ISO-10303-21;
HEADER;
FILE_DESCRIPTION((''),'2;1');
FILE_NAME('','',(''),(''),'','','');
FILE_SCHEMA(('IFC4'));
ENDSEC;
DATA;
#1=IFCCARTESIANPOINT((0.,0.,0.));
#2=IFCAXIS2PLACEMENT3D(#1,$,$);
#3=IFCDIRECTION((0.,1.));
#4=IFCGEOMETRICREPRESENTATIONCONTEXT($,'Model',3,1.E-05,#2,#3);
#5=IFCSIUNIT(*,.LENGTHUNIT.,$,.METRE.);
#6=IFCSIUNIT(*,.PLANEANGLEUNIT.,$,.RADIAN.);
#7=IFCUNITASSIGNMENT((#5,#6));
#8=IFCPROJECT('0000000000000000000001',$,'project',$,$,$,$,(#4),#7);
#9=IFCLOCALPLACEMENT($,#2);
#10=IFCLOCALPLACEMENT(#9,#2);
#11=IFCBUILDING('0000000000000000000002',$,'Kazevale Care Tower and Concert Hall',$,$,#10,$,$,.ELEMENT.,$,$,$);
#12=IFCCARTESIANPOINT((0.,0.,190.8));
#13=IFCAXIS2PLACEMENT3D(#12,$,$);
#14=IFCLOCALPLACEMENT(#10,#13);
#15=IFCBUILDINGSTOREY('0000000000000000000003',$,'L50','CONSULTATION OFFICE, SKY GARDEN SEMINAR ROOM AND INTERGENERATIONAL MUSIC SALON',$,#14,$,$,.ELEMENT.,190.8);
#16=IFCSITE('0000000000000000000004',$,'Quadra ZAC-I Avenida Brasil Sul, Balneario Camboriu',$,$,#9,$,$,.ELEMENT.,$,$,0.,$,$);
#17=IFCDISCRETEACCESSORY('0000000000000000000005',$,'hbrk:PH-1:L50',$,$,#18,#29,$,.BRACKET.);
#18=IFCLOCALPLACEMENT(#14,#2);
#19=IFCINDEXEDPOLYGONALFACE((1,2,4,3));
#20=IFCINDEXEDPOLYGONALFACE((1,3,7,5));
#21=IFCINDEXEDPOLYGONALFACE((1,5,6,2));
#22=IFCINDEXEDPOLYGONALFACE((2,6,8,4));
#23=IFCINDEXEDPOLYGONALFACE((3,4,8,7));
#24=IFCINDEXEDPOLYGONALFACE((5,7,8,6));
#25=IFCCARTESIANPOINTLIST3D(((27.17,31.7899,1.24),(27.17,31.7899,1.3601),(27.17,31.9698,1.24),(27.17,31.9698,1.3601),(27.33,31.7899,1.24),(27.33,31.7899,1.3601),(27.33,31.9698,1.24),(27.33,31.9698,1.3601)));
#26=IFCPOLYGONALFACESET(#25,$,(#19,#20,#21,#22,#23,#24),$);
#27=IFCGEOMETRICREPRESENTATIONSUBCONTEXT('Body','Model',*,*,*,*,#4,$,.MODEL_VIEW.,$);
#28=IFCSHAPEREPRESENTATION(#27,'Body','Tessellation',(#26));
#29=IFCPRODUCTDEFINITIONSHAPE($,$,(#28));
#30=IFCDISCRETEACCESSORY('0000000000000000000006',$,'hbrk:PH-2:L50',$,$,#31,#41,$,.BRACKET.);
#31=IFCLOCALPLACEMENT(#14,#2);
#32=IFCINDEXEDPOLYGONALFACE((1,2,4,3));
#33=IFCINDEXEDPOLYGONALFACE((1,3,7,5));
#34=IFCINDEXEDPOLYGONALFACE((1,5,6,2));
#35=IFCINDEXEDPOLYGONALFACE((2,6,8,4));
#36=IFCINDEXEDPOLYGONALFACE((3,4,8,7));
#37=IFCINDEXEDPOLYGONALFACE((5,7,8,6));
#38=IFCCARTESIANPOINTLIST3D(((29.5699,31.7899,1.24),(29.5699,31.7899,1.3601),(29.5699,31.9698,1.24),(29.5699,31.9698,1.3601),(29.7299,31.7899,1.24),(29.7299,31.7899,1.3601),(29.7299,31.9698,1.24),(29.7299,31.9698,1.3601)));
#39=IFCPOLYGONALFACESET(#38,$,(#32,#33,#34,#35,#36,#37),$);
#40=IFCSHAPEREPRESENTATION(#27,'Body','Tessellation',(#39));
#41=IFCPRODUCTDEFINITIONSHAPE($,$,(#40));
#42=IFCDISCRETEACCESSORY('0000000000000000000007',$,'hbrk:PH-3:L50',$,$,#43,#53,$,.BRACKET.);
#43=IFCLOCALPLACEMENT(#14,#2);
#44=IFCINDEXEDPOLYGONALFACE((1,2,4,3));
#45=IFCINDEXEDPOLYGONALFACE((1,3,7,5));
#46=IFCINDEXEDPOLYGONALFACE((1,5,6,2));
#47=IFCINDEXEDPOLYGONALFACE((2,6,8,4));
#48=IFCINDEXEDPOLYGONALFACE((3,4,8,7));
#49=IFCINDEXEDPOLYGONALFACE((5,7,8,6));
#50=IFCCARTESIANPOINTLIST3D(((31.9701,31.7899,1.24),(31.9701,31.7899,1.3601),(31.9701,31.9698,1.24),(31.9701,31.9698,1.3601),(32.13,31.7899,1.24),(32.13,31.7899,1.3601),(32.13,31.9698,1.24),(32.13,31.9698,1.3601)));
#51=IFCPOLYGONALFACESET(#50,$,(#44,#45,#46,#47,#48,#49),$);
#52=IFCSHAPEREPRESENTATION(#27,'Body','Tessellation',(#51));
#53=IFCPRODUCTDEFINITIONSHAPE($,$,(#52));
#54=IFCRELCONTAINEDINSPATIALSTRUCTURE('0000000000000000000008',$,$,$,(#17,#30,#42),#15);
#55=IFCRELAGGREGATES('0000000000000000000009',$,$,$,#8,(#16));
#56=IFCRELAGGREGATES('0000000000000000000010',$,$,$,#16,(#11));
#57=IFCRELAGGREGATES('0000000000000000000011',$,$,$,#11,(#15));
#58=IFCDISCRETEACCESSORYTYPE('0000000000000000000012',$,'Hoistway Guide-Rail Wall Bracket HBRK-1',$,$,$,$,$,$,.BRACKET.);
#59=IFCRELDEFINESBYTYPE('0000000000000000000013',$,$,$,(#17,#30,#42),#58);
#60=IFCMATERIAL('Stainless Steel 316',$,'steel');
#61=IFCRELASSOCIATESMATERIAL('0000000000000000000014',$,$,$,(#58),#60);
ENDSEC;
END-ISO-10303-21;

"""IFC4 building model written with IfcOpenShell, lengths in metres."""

from ifc_helpers import new_model, si_unit, direction, frame, origin, origin_2d, place, context, subcontext, project, spatial, rectangle, extrude, material, type_object, element, save


model = new_model("IFC4")

# Units and contexts
model_context = context("Model", 3, precision=1e-05, world=origin(), true_north=direction((0.0, 1.0)))
body_context = subcontext(model_context, "Body", "Model", "MODEL_VIEW")
ifc_project = project(units=[si_unit("LENGTHUNIT", "METRE"), si_unit("PLANEANGLEUNIT", "RADIAN")], contexts=[model_context])

# Site, building, storey
site_placement = place(None, origin())
site = spatial("IfcSite", under=ifc_project, at=site_placement, Name="Quadra ZAC-I Avenida Brasil Sul, Balneario Camboriu", CompositionType="ELEMENT", RefElevation=0.0)
building_placement = place(site_placement, origin())
building = spatial("IfcBuilding", under=site, at=building_placement, Name="Kazevale Care Tower and Concert Hall", CompositionType="ELEMENT")
storey_placement = place(building_placement, frame((0.0, 0.0, 190.8)))
storey = spatial("IfcBuildingStorey", under=building, at=storey_placement, Name="L50", Description="CONSULTATION OFFICE, SKY GARDEN SEMINAR ROOM AND INTERGENERATIONAL MUSIC SALON", CompositionType="ELEMENT", Elevation=190.8)

# Shared definitions
ifc_material_1 = material(Name="Stainless Steel 316", Category="steel")

# Discrete accessories
discrete_accessory_type = type_object("IfcDiscreteAccessoryType", Name="Hoistway Guide-Rail Wall Bracket HBRK-1", PredefinedType="BRACKET", material=ifc_material_1)
for number, where, z_axis, x_axis, name in (
    (1, (27.25, 31.8799, 1.24), (0.0, 0.0, 1.0), (1.0, 0.0, 0.0), "hbrk:PH-1:L50"),
    (2, (29.6499, 31.8799, 1.24), (0.0, 0.0, 1.0), (1.0, 0.0, 0.0), "hbrk:PH-2:L50"),
    (3, (32.05, 31.8799, 1.24), (0.0, 0.0, 1.0), (1.0, 0.0, 0.0), "hbrk:PH-3:L50"),
):
    element("IfcDiscreteAccessory", number, at=place(storey_placement, frame(where, z_axis=z_axis, x_axis=x_axis)), inside=storey, type_object=discrete_accessory_type, Name=name, PredefinedType="BRACKET", context=body_context, shape_type="SweptSolid", body=[
        extrude(rectangle(XDim=0.1599, YDim=0.1799, at=origin_2d()), origin(), (0.0, 0.0, 1.0), 0.1201),
    ])

save(model, "model.ifc")
